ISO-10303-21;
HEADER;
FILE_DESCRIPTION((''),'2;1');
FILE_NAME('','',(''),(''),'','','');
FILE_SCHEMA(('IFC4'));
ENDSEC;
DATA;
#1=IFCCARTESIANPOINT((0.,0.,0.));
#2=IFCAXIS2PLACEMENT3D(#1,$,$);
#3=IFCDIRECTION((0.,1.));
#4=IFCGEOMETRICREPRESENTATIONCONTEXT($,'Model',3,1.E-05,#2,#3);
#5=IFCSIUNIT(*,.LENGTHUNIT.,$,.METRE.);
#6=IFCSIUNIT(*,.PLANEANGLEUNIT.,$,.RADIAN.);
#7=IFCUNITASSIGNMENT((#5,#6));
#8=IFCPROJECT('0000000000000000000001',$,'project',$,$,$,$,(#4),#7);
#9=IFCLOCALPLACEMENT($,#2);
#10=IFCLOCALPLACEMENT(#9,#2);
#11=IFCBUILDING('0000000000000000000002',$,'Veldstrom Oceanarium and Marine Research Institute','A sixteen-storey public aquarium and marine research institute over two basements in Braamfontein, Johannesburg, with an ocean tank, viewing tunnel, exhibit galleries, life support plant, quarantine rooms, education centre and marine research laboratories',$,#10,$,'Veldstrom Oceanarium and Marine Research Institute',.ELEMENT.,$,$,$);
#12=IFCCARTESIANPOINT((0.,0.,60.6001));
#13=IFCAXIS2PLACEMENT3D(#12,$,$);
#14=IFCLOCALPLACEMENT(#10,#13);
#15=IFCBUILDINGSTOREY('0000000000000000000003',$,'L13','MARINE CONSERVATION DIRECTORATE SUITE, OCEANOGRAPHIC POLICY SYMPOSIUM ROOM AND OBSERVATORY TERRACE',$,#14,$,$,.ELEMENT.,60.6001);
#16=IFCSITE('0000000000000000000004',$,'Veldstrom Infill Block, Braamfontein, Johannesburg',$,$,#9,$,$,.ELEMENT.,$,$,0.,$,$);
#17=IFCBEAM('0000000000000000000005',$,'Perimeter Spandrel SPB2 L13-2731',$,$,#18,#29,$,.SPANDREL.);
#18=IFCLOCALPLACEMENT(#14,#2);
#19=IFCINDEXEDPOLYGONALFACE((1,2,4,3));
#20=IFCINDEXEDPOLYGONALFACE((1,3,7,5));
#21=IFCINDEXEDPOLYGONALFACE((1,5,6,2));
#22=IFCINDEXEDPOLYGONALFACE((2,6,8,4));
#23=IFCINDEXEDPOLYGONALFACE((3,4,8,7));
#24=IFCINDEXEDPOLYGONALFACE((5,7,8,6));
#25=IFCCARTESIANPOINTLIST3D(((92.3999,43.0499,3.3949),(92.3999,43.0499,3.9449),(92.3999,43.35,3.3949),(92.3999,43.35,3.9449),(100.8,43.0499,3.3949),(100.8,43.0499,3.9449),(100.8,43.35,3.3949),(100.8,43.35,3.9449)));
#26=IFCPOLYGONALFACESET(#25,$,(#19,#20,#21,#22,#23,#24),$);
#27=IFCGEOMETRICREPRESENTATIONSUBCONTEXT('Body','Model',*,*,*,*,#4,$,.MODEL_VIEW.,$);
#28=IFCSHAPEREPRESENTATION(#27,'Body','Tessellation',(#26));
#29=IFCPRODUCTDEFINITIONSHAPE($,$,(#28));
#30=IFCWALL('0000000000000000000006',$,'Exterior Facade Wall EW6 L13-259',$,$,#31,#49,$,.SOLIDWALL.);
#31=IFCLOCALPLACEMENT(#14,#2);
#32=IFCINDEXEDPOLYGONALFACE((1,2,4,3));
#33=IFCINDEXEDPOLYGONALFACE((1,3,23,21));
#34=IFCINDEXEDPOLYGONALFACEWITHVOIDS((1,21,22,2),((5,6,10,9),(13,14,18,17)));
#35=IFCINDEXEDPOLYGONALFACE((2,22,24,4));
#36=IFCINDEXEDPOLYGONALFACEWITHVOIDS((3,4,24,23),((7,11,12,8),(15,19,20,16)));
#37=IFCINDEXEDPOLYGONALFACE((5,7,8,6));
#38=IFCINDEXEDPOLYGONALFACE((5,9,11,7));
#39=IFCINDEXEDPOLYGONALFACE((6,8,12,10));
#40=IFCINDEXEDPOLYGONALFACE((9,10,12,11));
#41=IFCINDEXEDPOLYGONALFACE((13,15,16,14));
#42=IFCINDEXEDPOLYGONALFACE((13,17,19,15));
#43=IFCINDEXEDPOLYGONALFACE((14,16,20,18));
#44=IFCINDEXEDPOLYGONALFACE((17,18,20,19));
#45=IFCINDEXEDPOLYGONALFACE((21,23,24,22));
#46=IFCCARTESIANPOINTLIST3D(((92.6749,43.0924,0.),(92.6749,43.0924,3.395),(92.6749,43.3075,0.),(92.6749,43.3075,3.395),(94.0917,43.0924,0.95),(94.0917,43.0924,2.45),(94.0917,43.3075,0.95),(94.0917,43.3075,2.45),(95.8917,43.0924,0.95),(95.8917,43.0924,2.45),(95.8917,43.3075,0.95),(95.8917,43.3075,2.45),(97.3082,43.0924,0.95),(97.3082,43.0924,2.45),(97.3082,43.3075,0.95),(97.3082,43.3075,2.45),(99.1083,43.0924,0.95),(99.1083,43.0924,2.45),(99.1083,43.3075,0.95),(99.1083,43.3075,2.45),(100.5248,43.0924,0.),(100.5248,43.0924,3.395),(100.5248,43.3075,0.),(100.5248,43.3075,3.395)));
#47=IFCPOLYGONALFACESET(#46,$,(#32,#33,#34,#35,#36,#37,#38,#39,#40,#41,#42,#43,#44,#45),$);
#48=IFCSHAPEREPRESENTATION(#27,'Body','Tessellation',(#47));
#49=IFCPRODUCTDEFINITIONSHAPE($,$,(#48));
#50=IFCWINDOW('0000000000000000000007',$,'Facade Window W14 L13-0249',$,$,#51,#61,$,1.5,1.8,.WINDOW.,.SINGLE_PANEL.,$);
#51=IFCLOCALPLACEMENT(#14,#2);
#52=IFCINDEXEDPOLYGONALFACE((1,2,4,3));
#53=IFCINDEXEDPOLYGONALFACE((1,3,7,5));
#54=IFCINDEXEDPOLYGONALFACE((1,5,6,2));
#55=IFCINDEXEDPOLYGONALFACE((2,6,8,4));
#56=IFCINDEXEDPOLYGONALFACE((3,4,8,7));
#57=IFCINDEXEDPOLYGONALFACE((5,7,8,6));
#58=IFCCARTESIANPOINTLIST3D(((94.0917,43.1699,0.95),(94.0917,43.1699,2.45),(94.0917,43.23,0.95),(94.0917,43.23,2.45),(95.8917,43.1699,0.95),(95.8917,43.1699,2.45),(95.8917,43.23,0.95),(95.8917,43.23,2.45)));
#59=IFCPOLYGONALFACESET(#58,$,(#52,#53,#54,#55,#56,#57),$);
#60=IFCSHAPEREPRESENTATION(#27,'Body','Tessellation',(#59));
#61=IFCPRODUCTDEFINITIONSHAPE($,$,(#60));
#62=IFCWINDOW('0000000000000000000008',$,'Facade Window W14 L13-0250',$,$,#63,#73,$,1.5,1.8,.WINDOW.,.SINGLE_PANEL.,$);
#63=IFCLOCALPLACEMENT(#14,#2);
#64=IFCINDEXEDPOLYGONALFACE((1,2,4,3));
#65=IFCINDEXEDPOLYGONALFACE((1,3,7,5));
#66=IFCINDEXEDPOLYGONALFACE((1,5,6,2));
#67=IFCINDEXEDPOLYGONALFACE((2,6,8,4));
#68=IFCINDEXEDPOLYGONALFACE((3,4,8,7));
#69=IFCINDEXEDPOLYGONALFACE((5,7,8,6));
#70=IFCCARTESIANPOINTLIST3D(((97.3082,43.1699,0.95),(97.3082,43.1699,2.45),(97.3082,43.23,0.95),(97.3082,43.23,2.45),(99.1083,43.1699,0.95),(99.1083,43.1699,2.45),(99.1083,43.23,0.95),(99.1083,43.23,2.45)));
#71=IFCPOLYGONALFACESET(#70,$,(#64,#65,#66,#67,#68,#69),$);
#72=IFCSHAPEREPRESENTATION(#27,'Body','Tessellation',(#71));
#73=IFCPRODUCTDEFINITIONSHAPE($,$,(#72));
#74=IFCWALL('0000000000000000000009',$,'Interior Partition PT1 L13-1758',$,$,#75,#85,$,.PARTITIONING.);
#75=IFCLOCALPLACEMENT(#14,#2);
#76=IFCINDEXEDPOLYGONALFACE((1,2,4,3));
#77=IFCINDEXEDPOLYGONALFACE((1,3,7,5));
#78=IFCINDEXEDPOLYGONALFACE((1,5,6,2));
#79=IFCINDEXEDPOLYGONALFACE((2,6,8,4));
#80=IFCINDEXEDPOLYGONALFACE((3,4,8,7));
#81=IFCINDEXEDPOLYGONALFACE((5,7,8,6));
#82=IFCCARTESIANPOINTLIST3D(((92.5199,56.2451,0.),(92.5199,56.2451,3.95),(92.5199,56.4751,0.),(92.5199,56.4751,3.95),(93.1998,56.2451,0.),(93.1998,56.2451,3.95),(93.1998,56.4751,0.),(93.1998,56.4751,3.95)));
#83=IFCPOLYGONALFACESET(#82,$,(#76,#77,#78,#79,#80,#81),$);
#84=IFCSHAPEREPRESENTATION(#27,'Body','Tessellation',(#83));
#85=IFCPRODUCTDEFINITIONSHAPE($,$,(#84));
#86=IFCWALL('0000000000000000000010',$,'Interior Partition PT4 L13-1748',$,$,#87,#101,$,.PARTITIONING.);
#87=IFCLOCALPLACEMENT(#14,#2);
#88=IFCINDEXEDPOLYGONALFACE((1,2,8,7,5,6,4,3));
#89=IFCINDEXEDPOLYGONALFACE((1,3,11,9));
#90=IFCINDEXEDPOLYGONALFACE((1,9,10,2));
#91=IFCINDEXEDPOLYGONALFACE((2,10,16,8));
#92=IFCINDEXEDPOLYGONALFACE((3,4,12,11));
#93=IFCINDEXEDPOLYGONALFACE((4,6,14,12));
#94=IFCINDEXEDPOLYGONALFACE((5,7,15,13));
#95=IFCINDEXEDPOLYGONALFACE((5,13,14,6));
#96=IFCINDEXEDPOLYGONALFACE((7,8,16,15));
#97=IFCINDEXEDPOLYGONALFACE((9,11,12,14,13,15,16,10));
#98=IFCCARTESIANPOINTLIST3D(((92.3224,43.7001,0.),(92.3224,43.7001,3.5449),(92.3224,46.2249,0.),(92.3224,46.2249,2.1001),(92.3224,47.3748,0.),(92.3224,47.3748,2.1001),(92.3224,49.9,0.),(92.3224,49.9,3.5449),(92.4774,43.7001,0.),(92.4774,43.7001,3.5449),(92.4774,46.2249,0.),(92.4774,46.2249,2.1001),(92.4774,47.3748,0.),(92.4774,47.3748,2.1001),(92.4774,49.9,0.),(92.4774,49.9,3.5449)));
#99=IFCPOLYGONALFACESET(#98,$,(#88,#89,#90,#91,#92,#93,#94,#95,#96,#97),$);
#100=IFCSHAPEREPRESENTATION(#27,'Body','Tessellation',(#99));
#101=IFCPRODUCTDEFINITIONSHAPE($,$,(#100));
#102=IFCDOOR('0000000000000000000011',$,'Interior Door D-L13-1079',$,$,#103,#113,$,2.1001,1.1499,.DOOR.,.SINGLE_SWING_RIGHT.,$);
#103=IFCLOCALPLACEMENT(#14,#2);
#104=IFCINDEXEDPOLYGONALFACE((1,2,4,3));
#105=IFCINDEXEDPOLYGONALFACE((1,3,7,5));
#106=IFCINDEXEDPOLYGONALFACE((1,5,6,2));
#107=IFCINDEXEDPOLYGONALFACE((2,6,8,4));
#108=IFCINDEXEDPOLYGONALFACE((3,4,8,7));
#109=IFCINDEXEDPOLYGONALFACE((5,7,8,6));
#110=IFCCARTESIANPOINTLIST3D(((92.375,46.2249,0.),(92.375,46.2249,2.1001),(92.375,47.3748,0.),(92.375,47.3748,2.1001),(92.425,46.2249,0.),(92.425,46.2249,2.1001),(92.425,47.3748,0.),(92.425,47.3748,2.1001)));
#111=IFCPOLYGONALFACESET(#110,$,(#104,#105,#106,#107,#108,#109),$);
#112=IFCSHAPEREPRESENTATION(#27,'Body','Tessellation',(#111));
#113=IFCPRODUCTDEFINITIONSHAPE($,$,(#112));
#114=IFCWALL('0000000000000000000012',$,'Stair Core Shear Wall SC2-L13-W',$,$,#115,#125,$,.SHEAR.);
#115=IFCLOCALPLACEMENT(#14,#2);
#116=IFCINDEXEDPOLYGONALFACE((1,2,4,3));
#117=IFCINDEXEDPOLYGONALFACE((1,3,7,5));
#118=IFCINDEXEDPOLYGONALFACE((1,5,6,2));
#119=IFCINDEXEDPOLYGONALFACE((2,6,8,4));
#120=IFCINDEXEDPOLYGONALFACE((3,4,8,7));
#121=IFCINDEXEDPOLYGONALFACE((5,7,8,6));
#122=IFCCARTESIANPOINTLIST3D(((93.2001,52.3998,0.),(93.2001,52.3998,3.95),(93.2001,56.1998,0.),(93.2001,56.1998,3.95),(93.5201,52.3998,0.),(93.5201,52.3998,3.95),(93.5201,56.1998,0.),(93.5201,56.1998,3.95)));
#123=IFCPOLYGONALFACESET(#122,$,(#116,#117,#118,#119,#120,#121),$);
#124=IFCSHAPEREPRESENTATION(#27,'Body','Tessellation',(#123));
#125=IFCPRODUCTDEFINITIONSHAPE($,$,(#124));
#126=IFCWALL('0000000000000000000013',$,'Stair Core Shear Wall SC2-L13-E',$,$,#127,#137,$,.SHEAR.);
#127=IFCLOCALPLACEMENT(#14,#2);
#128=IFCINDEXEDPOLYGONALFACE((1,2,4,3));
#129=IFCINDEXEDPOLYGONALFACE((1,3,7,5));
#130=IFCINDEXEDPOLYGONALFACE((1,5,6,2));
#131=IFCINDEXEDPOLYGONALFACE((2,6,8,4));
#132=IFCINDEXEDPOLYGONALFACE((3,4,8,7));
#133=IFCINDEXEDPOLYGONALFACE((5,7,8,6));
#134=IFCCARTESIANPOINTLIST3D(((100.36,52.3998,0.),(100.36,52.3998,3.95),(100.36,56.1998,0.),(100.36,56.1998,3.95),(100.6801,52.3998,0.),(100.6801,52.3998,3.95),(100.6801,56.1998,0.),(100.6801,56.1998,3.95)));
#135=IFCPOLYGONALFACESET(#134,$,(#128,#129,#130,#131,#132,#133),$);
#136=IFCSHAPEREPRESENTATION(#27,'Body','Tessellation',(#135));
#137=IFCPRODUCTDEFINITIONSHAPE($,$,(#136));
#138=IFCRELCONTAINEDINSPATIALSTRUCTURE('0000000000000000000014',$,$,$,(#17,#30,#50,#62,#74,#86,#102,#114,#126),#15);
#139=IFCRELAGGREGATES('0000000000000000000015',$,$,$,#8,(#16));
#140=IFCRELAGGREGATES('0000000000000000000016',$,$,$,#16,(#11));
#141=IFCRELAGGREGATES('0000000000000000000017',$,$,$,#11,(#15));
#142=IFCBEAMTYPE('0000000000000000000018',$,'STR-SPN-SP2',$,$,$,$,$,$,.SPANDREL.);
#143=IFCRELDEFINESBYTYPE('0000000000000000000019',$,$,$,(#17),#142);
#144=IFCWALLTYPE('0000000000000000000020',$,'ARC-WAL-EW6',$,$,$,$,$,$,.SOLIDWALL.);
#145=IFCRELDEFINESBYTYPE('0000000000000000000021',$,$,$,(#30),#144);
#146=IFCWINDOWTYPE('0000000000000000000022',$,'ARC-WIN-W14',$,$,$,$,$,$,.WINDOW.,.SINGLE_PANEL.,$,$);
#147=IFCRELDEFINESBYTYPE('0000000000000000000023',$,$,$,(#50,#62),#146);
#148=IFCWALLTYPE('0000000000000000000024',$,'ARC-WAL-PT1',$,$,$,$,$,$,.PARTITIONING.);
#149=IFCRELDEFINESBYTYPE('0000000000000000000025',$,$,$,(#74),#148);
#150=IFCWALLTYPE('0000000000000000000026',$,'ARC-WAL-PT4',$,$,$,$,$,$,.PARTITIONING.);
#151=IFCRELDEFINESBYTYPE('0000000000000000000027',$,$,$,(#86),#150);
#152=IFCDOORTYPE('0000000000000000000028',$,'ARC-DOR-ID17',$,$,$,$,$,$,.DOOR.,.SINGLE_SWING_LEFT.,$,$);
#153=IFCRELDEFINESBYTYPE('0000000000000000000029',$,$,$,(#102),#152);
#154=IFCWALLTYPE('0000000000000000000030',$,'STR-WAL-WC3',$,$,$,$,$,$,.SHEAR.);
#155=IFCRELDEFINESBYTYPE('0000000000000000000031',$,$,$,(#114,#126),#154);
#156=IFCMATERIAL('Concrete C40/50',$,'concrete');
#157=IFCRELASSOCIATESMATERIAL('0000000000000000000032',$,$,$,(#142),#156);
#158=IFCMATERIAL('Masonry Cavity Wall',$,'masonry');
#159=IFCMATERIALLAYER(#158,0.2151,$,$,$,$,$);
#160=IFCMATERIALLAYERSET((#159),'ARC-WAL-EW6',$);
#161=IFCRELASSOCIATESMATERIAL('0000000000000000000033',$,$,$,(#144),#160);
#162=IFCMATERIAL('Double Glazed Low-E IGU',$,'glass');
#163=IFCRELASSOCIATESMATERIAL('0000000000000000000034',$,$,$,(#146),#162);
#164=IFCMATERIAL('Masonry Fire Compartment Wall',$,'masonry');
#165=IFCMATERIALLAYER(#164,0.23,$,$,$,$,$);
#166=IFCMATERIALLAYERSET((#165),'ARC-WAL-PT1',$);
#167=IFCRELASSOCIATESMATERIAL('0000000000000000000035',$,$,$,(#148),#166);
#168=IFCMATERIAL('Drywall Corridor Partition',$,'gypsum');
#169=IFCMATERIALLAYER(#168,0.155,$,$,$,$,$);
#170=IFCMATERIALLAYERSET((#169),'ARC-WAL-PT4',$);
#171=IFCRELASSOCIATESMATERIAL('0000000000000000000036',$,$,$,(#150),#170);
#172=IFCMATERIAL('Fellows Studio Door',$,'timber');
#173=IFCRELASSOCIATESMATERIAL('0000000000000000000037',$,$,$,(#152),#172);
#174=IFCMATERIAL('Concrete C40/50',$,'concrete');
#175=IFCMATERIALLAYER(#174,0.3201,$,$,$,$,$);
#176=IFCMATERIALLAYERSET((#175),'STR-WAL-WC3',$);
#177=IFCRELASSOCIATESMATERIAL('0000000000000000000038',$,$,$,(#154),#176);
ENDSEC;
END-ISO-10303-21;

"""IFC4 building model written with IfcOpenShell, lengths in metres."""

from ifc_helpers import new_model, si_unit, direction, frame, frame_2d, origin, origin_2d, place, context, subcontext, project, spatial, rectangle, extrude, material, layer, layer_set, material_profile, profile_set, type_object, element, fill, save


model = new_model("IFC4")

# Units and contexts
model_context = context("Model", 3, precision=1e-05, world=origin(), true_north=direction((0.0, 1.0)))
body_context = subcontext(model_context, "Body", "Model", "MODEL_VIEW")
ifc_project = project(units=[si_unit("LENGTHUNIT", "METRE"), si_unit("PLANEANGLEUNIT", "RADIAN")], contexts=[model_context])

# Site, building, storey
site_placement = place(None, origin())
site = spatial("IfcSite", under=ifc_project, at=site_placement, Name="Veldstrom Infill Block, Braamfontein, Johannesburg", CompositionType="ELEMENT", RefElevation=0.0)
building_placement = place(site_placement, origin())
building = spatial("IfcBuilding", under=site, at=building_placement, Name="Veldstrom Oceanarium and Marine Research Institute", Description="A sixteen-storey public aquarium and marine research institute over two basements in Braamfontein, Johannesburg, with an ocean tank, viewing tunnel, exhibit galleries, life support plant, quarantine rooms, education centre and marine research laboratories", LongName="Veldstrom Oceanarium and Marine Research Institute", CompositionType="ELEMENT")
storey_placement = place(building_placement, frame((0.0, 0.0, 60.6001)))
storey = spatial("IfcBuildingStorey", under=building, at=storey_placement, Name="L13", Description="MARINE CONSERVATION DIRECTORATE SUITE, OCEANOGRAPHIC POLICY SYMPOSIUM ROOM AND OBSERVATORY TERRACE", CompositionType="ELEMENT", Elevation=60.6001)

# Beam
ifc_material_1 = material(Name="Concrete C40/50", Category="concrete")
ifc_material_profile_1 = material_profile(ifc_material_1, rectangle(XDim=0.3, YDim=0.55, at=origin_2d()), Name="RC-SPN-300x550")
ifc_profile_set_1 = profile_set([ifc_material_profile_1], Name="Concrete C40/50")
beam_type_1 = type_object("IfcBeamType", Name="STR-SPN-SP2", PredefinedType="SPANDREL", material=ifc_profile_set_1)
beam_1_placement = place(storey_placement, frame((92.3999, 43.2, 3.6699), z_axis=(1.0, 0.0, 0.0), x_axis=(0.0, 1.0, 0.0)))
element("IfcBeam", 1, at=beam_1_placement, inside=storey, type_object=beam_type_1, Name="Perimeter Spandrel SPB2 L13-2731", PredefinedType="SPANDREL", context=body_context, shape_type="SweptSolid", body=[
    extrude(rectangle(XDim=0.3, YDim=0.55, at=origin_2d()), origin(), (0.0, 0.0, 1.0), 8.4001),
])

# Wall, openings, windows
ifc_material_2 = material(Name="Masonry Cavity Wall", Category="masonry")
ifc_layer_1 = layer(ifc_material_2, 0.2151)
ifc_layer_set_1 = layer_set([ifc_layer_1], Name="ARC-WAL-EW6")
wall_type_1 = type_object("IfcWallType", Name="ARC-WAL-EW6", PredefinedType="SOLIDWALL", material=ifc_layer_set_1)
wall_1_placement = place(storey_placement, frame((92.675, 43.2, 0.0), z_axis=(0.0, 0.0, 1.0), x_axis=(1.0, 0.0, 0.0)))
wall_1 = element("IfcWall", 2, at=wall_1_placement, inside=storey, type_object=wall_type_1, Name="Exterior Facade Wall EW6 L13-259", PredefinedType="SOLIDWALL", context=body_context, shape_type="SweptSolid", body=[
    extrude(rectangle(XDim=7.8499, YDim=0.2151, at=frame_2d((3.9248, 0.0))), origin(), (0.0, 0.0, 1.0), 3.395),
])
opening_1_placement = place(wall_1_placement, frame((1.4167, 0.0, 0.95)))
opening_1 = element("IfcOpeningElement", 3, at=opening_1_placement, cuts=wall_1, PredefinedType="OPENING", context=body_context, shape_type="SweptSolid", body=[
    extrude(rectangle(XDim=1.8, YDim=1.5, at=frame_2d((0.8999, 0.75))), frame((0.0, 0.1174, 0.0), z_axis=(0.0, -1.0, 0.0), x_axis=(1.0, 0.0, 0.0)), (0.0, 0.0, 1.0), 0.2351),
])
opening_2_placement = place(wall_1_placement, frame((4.6333, 0.0, 0.95)))
opening_2 = element("IfcOpeningElement", 4, at=opening_2_placement, cuts=wall_1, PredefinedType="OPENING", context=body_context, shape_type="SweptSolid", body=[
    extrude(rectangle(XDim=1.8, YDim=1.5, at=frame_2d((0.8999, 0.75))), frame((0.0, 0.1174, 0.0), z_axis=(0.0, -1.0, 0.0), x_axis=(1.0, 0.0, 0.0)), (0.0, 0.0, 1.0), 0.2351),
])
ifc_material_3 = material(Name="Double Glazed Low-E IGU", Category="glass")
window_type = type_object("IfcWindowType", Name="ARC-WIN-W14", PartitioningType="SINGLE_PANEL", PredefinedType="WINDOW", material=ifc_material_3)
window_1_placement = place(opening_1_placement, origin())
window_1 = element("IfcWindow", 5, at=window_1_placement, inside=storey, type_object=window_type, Name="Facade Window W14 L13-0249", OverallHeight=1.5, OverallWidth=1.8, PartitioningType="SINGLE_PANEL", PredefinedType="WINDOW", context=body_context, shape_type="SweptSolid", body=[
    extrude(rectangle(XDim=1.8, YDim=1.5, at=frame_2d((0.8999, 0.75))), frame((0.0, 0.03, 0.0), z_axis=(0.0, -1.0, 0.0), x_axis=(1.0, 0.0, 0.0)), (0.0, 0.0, 1.0), 0.0601),
])
fill(opening_1, window_1)
window_2_placement = place(opening_2_placement, origin())
window_2 = element("IfcWindow", 6, at=window_2_placement, inside=storey, type_object=window_type, Name="Facade Window W14 L13-0250", OverallHeight=1.5, OverallWidth=1.8, PartitioningType="SINGLE_PANEL", PredefinedType="WINDOW", context=body_context, shape_type="SweptSolid", body=[
    extrude(rectangle(XDim=1.8, YDim=1.5, at=frame_2d((0.8999, 0.75))), frame((0.0, 0.03, 0.0), z_axis=(0.0, -1.0, 0.0), x_axis=(1.0, 0.0, 0.0)), (0.0, 0.0, 1.0), 0.0601),
])
fill(opening_2, window_2)

# Shared definitions
ifc_material_4 = material(Name="Masonry Fire Compartment Wall", Category="masonry")
ifc_layer_2 = layer(ifc_material_4, 0.23)
ifc_layer_set_2 = layer_set([ifc_layer_2], Name="ARC-WAL-PT1")
wall_type_2 = type_object("IfcWallType", Name="ARC-WAL-PT1", PredefinedType="PARTITIONING", material=ifc_layer_set_2)

# Wall
wall_2_placement = place(storey_placement, frame((92.52, 56.3601, 0.0), z_axis=(0.0, 0.0, 1.0), x_axis=(1.0, 0.0, 0.0)))
element("IfcWall", 7, at=wall_2_placement, inside=storey, type_object=wall_type_2, Name="Interior Partition PT1 L13-1758", PredefinedType="PARTITIONING", context=body_context, shape_type="SweptSolid", body=[
    extrude(rectangle(XDim=0.6799, YDim=0.23, at=frame_2d((0.3398, 0.0))), origin(), (0.0, 0.0, 1.0), 3.95),
])

# Wall, opening, door
ifc_material_5 = material(Name="Drywall Corridor Partition", Category="gypsum")
ifc_layer_3 = layer(ifc_material_5, 0.155)
ifc_layer_set_3 = layer_set([ifc_layer_3], Name="ARC-WAL-PT4")
wall_type_3 = type_object("IfcWallType", Name="ARC-WAL-PT4", PredefinedType="PARTITIONING", material=ifc_layer_set_3)
wall_3_placement = place(storey_placement, frame((92.3999, 43.7, 0.0), z_axis=(0.0, 0.0, 1.0), x_axis=(0.0, 1.0, 0.0)))
wall_3 = element("IfcWall", 8, at=wall_3_placement, inside=storey, type_object=wall_type_3, Name="Interior Partition PT4 L13-1748", PredefinedType="PARTITIONING", context=body_context, shape_type="SweptSolid", body=[
    extrude(rectangle(XDim=6.2, YDim=0.155, at=frame_2d((3.1001, 0.0))), origin(), (0.0, 0.0, 1.0), 3.5449),
])
opening_3_placement = place(wall_3_placement, frame((2.5249, 0.0, 0.0)))
opening_3 = element("IfcOpeningElement", 9, at=opening_3_placement, cuts=wall_3, PredefinedType="OPENING", context=body_context, shape_type="SweptSolid", body=[
    extrude(rectangle(XDim=1.1499, YDim=2.1001, at=frame_2d((0.575, 1.05))), frame((0.0, 0.0874, 0.0), z_axis=(0.0, -1.0, 0.0), x_axis=(1.0, 0.0, 0.0)), (0.0, 0.0, 1.0), 0.175),
])
ifc_material_6 = material(Name="Fellows Studio Door", Category="timber")
door_type_1 = type_object("IfcDoorType", Name="ARC-DOR-ID17", OperationType="SINGLE_SWING_LEFT", PredefinedType="DOOR", material=ifc_material_6)
door_1_placement = place(opening_3_placement, origin())
door_1 = element("IfcDoor", 10, at=door_1_placement, inside=storey, type_object=door_type_1, Name="Interior Door D-L13-1079", OperationType="SINGLE_SWING_RIGHT", OverallHeight=2.1001, OverallWidth=1.1499, PredefinedType="DOOR", context=body_context, shape_type="SweptSolid", body=[
    extrude(rectangle(XDim=1.1499, YDim=2.1001, at=frame_2d((0.575, 1.05))), frame((0.0, 0.0249, 0.0), z_axis=(0.0, -1.0, 0.0), x_axis=(1.0, 0.0, 0.0)), (0.0, 0.0, 1.0), 0.05),
])
fill(opening_3, door_1)
ifc_material_7 = material(Name="Concrete C40/50", Category="concrete")
ifc_layer_4 = layer(ifc_material_7, 0.3201)
ifc_layer_set_4 = layer_set([ifc_layer_4], Name="STR-WAL-WC3")
wall_type_4 = type_object("IfcWallType", Name="STR-WAL-WC3", PredefinedType="SHEAR", material=ifc_layer_set_4)

# Walls
for number, where, z_axis, x_axis, name in (
    (11, (93.3601, 52.3999, 0.0), (0.0, 0.0, 1.0), (0.0, 1.0, 0.0), "Stair Core Shear Wall SC2-L13-W"),
    (12, (100.52, 52.3999, 0.0), (0.0, 0.0, 1.0), (0.0, 1.0, 0.0), "Stair Core Shear Wall SC2-L13-E"),
):
    element("IfcWall", number, at=place(storey_placement, frame(where, z_axis=z_axis, x_axis=x_axis)), inside=storey, type_object=wall_type_4, Name=name, PredefinedType="SHEAR", context=body_context, shape_type="SweptSolid", body=[
        extrude(rectangle(XDim=3.8, YDim=0.3201, at=frame_2d((1.8999, 0.0))), origin(), (0.0, 0.0, 1.0), 3.95),
    ])

save(model, "model.ifc")
